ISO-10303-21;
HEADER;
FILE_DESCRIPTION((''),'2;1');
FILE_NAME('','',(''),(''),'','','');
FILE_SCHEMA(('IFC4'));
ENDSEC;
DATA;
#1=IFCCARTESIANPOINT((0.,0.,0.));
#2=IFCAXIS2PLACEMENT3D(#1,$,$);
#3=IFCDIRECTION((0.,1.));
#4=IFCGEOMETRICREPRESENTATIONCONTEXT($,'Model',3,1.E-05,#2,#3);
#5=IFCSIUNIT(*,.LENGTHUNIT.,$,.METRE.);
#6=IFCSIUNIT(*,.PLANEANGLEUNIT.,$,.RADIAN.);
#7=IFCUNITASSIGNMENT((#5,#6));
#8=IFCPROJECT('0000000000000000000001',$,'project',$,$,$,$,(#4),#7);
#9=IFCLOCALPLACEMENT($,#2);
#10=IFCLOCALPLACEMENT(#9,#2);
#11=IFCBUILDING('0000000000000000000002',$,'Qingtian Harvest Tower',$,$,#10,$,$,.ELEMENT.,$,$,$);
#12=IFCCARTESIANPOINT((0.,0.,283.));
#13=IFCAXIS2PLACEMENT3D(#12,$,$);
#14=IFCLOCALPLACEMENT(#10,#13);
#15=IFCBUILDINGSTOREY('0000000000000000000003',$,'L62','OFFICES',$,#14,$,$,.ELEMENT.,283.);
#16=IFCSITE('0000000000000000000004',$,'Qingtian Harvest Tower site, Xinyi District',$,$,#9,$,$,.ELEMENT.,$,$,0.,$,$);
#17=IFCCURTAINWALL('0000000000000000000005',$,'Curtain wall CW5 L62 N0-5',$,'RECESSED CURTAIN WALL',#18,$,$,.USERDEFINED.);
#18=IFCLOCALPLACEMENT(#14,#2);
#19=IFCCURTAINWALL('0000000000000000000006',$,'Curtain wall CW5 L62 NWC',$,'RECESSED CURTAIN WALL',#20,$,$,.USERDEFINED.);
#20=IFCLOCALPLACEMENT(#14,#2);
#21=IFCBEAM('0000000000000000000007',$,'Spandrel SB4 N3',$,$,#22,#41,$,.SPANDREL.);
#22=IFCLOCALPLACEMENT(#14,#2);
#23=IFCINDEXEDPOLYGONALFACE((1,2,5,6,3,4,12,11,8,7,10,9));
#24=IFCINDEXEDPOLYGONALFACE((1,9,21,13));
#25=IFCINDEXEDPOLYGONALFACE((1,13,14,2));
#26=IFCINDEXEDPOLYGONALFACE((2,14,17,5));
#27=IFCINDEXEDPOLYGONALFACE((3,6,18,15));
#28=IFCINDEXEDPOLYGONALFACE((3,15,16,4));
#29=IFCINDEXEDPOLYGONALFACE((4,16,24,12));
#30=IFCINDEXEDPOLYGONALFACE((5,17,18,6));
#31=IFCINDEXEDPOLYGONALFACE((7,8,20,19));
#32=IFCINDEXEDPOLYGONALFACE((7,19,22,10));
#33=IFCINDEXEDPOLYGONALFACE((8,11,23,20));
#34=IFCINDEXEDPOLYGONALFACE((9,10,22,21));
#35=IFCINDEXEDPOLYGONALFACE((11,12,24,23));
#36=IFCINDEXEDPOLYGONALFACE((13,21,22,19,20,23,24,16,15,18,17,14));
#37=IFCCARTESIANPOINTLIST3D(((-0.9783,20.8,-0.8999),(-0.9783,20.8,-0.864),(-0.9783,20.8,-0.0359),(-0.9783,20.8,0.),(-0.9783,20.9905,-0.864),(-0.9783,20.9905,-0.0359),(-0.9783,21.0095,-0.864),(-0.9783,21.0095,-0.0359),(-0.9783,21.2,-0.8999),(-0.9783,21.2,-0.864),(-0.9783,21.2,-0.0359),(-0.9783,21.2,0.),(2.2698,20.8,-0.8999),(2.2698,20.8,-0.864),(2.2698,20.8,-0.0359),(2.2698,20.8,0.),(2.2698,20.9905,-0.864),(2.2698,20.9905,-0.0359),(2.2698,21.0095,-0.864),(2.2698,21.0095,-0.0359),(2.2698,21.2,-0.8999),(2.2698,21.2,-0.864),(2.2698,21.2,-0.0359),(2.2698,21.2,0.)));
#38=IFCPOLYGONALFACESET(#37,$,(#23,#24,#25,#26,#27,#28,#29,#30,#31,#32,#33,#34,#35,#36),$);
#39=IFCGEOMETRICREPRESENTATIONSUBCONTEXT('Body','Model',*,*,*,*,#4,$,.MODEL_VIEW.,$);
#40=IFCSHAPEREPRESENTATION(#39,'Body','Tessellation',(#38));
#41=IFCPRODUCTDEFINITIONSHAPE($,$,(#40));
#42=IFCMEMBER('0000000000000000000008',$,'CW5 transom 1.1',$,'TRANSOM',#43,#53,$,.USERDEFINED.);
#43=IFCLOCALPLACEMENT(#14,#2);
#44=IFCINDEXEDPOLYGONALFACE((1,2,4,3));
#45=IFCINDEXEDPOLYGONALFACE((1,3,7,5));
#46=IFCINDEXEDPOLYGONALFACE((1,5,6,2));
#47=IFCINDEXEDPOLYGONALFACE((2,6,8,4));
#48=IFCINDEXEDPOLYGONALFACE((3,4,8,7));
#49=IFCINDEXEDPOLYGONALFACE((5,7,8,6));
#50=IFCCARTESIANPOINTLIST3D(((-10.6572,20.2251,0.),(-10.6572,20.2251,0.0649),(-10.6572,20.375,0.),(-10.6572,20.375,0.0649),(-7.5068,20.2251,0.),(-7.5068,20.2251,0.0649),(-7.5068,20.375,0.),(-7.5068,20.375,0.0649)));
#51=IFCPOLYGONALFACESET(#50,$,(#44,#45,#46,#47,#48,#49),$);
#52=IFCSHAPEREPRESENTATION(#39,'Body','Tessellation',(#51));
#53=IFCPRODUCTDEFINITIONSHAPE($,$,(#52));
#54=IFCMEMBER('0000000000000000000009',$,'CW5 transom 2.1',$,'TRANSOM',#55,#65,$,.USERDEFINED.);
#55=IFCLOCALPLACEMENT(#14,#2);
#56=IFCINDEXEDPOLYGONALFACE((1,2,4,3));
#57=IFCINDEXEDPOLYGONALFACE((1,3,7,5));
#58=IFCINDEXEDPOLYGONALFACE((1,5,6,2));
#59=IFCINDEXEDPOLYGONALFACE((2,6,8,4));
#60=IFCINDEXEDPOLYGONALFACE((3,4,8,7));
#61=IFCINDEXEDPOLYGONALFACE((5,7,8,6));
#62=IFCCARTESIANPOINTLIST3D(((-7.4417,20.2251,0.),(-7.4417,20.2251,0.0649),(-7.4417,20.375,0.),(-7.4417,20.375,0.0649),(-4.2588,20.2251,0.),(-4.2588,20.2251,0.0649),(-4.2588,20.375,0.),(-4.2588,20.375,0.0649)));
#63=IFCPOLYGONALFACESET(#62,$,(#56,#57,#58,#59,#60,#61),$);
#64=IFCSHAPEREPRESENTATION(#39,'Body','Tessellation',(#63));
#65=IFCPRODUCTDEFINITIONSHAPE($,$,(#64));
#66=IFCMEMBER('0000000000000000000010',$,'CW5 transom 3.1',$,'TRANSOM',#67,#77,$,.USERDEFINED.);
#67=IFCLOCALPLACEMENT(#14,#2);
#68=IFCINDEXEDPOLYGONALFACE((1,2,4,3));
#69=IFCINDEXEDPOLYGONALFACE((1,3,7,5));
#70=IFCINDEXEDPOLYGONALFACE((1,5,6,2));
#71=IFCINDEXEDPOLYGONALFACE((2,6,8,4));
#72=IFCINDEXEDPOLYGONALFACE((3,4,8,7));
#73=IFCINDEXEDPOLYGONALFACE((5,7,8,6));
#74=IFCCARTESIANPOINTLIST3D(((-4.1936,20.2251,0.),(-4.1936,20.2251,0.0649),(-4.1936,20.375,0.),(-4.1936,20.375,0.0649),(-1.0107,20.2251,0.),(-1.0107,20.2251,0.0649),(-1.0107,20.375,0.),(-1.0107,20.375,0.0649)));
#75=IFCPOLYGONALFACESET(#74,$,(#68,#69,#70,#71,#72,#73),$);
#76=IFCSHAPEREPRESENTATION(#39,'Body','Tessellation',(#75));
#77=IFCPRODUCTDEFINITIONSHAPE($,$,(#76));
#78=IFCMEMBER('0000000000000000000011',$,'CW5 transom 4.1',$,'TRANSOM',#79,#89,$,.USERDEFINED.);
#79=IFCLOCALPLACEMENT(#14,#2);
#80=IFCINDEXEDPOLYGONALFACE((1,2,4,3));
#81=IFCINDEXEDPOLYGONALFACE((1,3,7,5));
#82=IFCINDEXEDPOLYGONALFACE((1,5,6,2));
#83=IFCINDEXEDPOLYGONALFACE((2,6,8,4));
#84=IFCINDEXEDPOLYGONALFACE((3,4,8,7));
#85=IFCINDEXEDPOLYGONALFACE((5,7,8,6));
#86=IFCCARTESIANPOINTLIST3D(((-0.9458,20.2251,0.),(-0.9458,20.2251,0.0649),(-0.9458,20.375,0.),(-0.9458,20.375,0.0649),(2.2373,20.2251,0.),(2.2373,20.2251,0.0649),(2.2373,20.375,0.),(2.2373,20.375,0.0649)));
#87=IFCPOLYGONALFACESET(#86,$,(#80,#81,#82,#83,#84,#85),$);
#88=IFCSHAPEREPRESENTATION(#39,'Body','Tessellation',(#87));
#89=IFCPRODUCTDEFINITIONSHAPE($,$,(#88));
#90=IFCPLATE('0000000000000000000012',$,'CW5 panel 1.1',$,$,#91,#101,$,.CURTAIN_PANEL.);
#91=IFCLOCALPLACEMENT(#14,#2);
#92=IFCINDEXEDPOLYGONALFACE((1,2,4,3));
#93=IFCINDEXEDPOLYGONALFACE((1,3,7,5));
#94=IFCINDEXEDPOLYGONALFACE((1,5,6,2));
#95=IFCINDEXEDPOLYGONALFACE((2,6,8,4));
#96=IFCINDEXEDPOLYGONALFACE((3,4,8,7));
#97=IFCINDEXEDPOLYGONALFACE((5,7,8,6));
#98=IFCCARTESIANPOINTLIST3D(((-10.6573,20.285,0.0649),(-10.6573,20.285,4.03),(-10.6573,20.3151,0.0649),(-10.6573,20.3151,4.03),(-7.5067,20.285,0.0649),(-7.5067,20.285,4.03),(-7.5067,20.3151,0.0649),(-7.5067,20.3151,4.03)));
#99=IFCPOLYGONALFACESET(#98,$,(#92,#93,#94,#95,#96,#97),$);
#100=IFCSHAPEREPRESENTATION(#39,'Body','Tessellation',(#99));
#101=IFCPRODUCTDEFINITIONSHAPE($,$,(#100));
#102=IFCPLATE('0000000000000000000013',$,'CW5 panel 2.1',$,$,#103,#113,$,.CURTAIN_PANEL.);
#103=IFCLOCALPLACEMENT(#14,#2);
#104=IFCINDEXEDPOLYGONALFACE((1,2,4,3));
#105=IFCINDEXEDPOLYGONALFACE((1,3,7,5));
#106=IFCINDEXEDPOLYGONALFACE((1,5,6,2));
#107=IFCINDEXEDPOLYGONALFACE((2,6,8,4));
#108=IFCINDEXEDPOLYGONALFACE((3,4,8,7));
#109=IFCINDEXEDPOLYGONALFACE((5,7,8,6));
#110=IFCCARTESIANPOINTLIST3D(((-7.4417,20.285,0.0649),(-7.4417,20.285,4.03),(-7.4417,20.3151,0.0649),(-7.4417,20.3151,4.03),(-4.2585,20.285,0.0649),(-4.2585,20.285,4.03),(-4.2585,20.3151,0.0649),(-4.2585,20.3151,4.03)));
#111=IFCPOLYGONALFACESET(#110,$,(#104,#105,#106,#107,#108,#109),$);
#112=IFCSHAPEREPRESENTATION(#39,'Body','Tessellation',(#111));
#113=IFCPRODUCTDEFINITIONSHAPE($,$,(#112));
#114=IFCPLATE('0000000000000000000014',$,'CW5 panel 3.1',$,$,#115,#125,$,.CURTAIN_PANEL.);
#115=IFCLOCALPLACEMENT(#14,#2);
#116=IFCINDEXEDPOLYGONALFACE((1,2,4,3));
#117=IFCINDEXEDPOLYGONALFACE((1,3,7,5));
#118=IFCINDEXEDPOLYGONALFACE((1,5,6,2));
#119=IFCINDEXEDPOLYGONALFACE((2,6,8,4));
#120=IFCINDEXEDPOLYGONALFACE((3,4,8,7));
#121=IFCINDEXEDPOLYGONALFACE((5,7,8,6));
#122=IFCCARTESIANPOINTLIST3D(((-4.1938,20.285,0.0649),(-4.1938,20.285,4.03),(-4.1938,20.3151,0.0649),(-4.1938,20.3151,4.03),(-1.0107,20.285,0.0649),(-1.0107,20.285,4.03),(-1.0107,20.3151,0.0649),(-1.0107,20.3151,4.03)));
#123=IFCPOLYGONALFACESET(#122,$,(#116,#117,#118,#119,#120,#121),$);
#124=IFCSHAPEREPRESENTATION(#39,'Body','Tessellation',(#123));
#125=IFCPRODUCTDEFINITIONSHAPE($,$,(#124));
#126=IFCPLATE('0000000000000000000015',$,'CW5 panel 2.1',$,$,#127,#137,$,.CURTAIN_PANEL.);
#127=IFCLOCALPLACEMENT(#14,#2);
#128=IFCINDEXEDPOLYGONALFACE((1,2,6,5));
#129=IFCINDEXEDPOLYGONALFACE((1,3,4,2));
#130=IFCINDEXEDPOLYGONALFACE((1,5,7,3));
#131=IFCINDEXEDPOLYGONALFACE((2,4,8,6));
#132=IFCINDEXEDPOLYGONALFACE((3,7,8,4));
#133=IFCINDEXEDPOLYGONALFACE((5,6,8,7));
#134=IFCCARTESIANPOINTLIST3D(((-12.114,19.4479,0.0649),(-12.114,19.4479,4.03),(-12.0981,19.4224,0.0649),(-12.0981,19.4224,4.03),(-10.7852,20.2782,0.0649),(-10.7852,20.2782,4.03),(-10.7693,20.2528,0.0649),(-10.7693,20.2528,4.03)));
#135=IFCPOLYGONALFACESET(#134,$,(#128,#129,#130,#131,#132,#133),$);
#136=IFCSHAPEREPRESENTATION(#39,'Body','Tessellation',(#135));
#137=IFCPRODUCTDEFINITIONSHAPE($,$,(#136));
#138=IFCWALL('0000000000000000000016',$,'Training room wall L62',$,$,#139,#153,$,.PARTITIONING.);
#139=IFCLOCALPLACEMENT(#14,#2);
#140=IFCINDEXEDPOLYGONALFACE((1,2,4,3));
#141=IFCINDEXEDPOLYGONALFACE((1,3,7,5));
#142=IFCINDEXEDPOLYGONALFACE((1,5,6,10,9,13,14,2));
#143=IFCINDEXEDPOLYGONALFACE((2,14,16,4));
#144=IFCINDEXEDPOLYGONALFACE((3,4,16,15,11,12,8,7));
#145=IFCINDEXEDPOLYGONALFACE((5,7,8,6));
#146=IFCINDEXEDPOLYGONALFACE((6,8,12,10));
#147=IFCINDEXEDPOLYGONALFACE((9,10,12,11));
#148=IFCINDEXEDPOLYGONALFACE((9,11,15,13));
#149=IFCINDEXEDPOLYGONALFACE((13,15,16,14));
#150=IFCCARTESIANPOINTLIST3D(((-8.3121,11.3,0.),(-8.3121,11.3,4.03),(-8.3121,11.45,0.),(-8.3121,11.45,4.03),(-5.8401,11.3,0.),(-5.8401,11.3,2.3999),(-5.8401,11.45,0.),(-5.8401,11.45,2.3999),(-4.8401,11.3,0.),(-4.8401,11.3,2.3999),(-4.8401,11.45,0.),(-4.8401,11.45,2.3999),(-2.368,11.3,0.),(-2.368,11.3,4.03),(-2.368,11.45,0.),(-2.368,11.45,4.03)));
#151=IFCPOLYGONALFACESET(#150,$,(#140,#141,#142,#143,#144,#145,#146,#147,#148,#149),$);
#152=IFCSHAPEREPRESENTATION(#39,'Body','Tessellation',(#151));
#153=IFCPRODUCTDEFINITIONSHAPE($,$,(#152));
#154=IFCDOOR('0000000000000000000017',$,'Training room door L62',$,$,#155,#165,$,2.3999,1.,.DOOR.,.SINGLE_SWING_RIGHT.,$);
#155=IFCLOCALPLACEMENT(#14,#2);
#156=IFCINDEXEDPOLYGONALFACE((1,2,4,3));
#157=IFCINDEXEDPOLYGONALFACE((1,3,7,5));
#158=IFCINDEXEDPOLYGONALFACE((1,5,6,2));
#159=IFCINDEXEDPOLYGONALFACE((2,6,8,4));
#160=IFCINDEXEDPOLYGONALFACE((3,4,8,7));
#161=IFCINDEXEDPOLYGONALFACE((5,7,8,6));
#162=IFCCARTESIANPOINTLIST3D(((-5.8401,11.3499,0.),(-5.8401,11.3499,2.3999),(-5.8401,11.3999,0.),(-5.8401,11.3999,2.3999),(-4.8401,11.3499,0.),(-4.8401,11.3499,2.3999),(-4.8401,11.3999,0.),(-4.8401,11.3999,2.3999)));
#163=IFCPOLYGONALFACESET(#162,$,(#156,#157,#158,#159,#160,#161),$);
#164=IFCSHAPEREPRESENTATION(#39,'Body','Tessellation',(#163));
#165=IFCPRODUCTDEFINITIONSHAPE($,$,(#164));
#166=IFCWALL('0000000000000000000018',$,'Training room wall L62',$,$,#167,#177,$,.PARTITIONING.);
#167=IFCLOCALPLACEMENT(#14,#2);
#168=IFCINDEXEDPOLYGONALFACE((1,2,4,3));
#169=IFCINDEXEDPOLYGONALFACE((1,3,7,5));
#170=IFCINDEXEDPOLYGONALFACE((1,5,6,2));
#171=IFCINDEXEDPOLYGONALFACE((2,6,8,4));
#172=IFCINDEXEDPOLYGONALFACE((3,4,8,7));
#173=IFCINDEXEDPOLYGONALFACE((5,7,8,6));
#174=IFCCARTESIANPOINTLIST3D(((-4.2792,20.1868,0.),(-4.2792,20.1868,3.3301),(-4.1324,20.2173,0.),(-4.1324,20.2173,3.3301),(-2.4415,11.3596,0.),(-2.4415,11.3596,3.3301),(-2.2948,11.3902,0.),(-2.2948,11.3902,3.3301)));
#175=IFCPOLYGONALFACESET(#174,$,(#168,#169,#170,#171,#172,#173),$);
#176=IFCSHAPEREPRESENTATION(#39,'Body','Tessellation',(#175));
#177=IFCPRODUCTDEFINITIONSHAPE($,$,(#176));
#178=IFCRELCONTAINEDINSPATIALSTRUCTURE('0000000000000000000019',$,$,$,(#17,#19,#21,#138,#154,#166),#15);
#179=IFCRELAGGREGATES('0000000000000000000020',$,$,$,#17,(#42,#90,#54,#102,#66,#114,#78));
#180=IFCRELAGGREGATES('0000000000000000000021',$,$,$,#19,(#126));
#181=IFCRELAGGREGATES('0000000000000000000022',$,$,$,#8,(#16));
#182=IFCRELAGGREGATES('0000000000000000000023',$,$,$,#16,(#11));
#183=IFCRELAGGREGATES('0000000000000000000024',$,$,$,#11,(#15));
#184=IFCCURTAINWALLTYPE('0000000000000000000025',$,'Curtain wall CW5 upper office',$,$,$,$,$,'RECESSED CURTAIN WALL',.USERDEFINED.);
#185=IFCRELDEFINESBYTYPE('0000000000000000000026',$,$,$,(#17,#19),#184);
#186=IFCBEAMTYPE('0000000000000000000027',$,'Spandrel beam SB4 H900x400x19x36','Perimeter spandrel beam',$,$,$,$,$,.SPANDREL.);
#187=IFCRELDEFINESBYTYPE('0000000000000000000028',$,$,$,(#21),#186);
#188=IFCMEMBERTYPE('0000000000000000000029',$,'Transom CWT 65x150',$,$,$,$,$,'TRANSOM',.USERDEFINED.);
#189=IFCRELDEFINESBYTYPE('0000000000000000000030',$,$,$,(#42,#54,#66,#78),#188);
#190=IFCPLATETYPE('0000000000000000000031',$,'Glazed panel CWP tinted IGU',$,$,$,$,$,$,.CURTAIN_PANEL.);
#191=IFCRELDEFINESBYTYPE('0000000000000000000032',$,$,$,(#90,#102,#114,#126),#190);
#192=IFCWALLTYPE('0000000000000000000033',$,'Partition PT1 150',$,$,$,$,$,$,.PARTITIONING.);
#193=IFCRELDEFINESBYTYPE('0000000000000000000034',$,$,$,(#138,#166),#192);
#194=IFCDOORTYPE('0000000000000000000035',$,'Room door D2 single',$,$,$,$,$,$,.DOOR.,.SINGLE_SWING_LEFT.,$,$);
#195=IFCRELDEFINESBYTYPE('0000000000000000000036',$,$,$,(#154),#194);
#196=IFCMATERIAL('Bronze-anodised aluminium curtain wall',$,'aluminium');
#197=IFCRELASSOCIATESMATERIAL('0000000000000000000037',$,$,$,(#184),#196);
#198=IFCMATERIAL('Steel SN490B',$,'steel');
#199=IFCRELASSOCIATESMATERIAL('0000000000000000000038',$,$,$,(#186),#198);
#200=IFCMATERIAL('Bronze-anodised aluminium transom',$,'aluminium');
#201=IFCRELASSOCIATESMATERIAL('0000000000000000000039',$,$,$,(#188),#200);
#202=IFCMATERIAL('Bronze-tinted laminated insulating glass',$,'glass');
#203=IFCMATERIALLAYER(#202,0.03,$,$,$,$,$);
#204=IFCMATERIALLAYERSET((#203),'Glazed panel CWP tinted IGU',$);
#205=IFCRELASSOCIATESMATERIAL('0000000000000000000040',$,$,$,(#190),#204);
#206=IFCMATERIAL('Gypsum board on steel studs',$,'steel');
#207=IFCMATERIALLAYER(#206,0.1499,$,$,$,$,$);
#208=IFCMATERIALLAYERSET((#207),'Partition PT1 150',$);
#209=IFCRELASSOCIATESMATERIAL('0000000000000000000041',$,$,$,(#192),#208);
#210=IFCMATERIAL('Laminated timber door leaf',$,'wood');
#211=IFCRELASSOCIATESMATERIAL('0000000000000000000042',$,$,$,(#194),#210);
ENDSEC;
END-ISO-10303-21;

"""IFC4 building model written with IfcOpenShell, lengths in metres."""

from ifc_helpers import new_model, si_unit, direction, frame, frame_2d, origin, origin_2d, place, context, subcontext, project, spatial, rectangle, i_section, extrude, material, layer, layer_set, material_profile, profile_set, type_object, element, fill, aggregate, save


model = new_model("IFC4")

# Units and contexts
model_context = context("Model", 3, precision=1e-05, world=origin(), true_north=direction((0.0, 1.0)))
body_context = subcontext(model_context, "Body", "Model", "MODEL_VIEW")
ifc_project = project(units=[si_unit("LENGTHUNIT", "METRE"), si_unit("PLANEANGLEUNIT", "RADIAN")], contexts=[model_context])

# Site, building, storey
site_placement = place(None, origin())
site = spatial("IfcSite", under=ifc_project, at=site_placement, Name="Qingtian Harvest Tower site, Xinyi District", CompositionType="ELEMENT", RefElevation=0.0)
building_placement = place(site_placement, origin())
building = spatial("IfcBuilding", under=site, at=building_placement, Name="Qingtian Harvest Tower", CompositionType="ELEMENT")
storey_placement = place(building_placement, frame((0.0, 0.0, 283.0)))
storey = spatial("IfcBuildingStorey", under=building, at=storey_placement, Name="L62", Description="OFFICES", CompositionType="ELEMENT", Elevation=283.0)

# Curtain wall
ifc_material_1 = material(Name="Bronze-anodised aluminium curtain wall", Category="aluminium")
curtain_wall_type = type_object("IfcCurtainWallType", Name="Curtain wall CW5 upper office", ElementType="RECESSED CURTAIN WALL", PredefinedType="USERDEFINED", material=ifc_material_1)
curtain_wall_1_placement = place(storey_placement, origin())
curtain_wall_1 = element("IfcCurtainWall", 1, at=curtain_wall_1_placement, inside=storey, type_object=curtain_wall_type, Name="Curtain wall CW5 L62 N0-5", ObjectType="RECESSED CURTAIN WALL", PredefinedType="USERDEFINED")

# Curtain wall
curtain_wall_2_placement = place(storey_placement, origin())
curtain_wall_2 = element("IfcCurtainWall", 2, at=curtain_wall_2_placement, inside=storey, type_object=curtain_wall_type, Name="Curtain wall CW5 L62 NWC", ObjectType="RECESSED CURTAIN WALL", PredefinedType="USERDEFINED")

# Beam
ifc_material_2 = material(Name="Steel SN490B", Category="steel")
ifc_material_profile_1 = material_profile(ifc_material_2, i_section(OverallWidth=0.3999, OverallDepth=0.8999, WebThickness=0.019, FlangeThickness=0.0359, at=origin_2d()), Name="H900x400x19x36")
ifc_profile_set_1 = profile_set([ifc_material_profile_1], Name="Steel SN490B")
beam_type_1 = type_object("IfcBeamType", Name="Spandrel beam SB4 H900x400x19x36", Description="Perimeter spandrel beam", PredefinedType="SPANDREL", material=ifc_profile_set_1)
for number, where, z_axis, x_axis, name in (
    (3, (-0.9783, 21.0, -0.45), (1.0, 0.0, 0.0), (0.0, 1.0, 0.0), "Spandrel SB4 N3"),
):
    element("IfcBeam", number, at=place(storey_placement, frame(where, z_axis=z_axis, x_axis=x_axis)), inside=storey, type_object=beam_type_1, Name=name, PredefinedType="SPANDREL", context=body_context, shape_type="SweptSolid", body=[
        extrude(i_section(OverallWidth=0.3999, OverallDepth=0.8999, WebThickness=0.019, FlangeThickness=0.0359, at=origin_2d()), origin(), (0.0, 0.0, 1.0), 3.248),
    ])

# Members
ifc_material_3 = material(Name="Bronze-anodised aluminium transom", Category="aluminium")
ifc_material_profile_2 = material_profile(ifc_material_3, rectangle(XDim=0.1499, YDim=0.0649, at=origin_2d()), Name="AL 65x150")
ifc_profile_set_2 = profile_set([ifc_material_profile_2], Name="Bronze-anodised aluminium transom")
member_type_1 = type_object("IfcMemberType", Name="Transom CWT 65x150", ElementType="TRANSOM", PredefinedType="USERDEFINED", material=ifc_profile_set_2)
member_1_placement = place(storey_placement, frame((-10.6572, 20.3, 0.0325), z_axis=(1.0, 0.0, 0.0), x_axis=(0.0, 1.0, 0.0)))
member_1 = element("IfcMember", 4, at=member_1_placement, type_object=member_type_1, Name="CW5 transom 1.1", ObjectType="TRANSOM", PredefinedType="USERDEFINED", context=body_context, shape_type="SweptSolid", body=[
    extrude(rectangle(XDim=0.1499, YDim=0.0649, at=origin_2d()), origin(), (0.0, 0.0, 1.0), 3.1504),
])
member_2_placement = place(storey_placement, frame((-7.4417, 20.3, 0.0325), z_axis=(1.0, 0.0, 0.0), x_axis=(0.0, 1.0, 0.0)))
member_2 = element("IfcMember", 5, at=member_2_placement, type_object=member_type_1, Name="CW5 transom 2.1", ObjectType="TRANSOM", PredefinedType="USERDEFINED", context=body_context, shape_type="SweptSolid", body=[
    extrude(rectangle(XDim=0.1499, YDim=0.0649, at=origin_2d()), origin(), (0.0, 0.0, 1.0), 3.1829),
])
member_3_placement = place(storey_placement, frame((-4.1936, 20.3, 0.0325), z_axis=(1.0, 0.0, 0.0), x_axis=(0.0, 1.0, 0.0)))
member_3 = element("IfcMember", 6, at=member_3_placement, type_object=member_type_1, Name="CW5 transom 3.1", ObjectType="TRANSOM", PredefinedType="USERDEFINED", context=body_context, shape_type="SweptSolid", body=[
    extrude(rectangle(XDim=0.1499, YDim=0.0649, at=origin_2d()), origin(), (0.0, 0.0, 1.0), 3.1829),
])
member_4_placement = place(storey_placement, frame((-0.9458, 20.3, 0.0325), z_axis=(1.0, 0.0, 0.0), x_axis=(0.0, 1.0, 0.0)))
member_4 = element("IfcMember", 7, at=member_4_placement, type_object=member_type_1, Name="CW5 transom 4.1", ObjectType="TRANSOM", PredefinedType="USERDEFINED", context=body_context, shape_type="SweptSolid", body=[
    extrude(rectangle(XDim=0.1499, YDim=0.0649, at=origin_2d()), origin(), (0.0, 0.0, 1.0), 3.1831),
])

# Plates
ifc_material_4 = material(Name="Bronze-tinted laminated insulating glass", Category="glass")
ifc_layer_1 = layer(ifc_material_4, 0.03)
ifc_layer_set_1 = layer_set([ifc_layer_1], Name="Glazed panel CWP tinted IGU")
plate_type = type_object("IfcPlateType", Name="Glazed panel CWP tinted IGU", PredefinedType="CURTAIN_PANEL", material=ifc_layer_set_1)
plate_1_placement = place(storey_placement, frame((-9.082, 20.3, 0.0649), z_axis=(0.0, 0.0, 1.0), x_axis=(1.0, 0.0, 0.0)))
plate_1 = element("IfcPlate", 8, at=plate_1_placement, type_object=plate_type, Name="CW5 panel 1.1", PredefinedType="CURTAIN_PANEL", context=body_context, shape_type="SweptSolid", body=[
    extrude(rectangle(XDim=3.1506, YDim=0.03, at=origin_2d()), origin(), (0.0, 0.0, 1.0), 3.9651),
])
plate_2_placement = place(storey_placement, frame((-5.8501, 20.3, 0.0649), z_axis=(0.0, 0.0, 1.0), x_axis=(1.0, 0.0, 0.0)))
plate_2 = element("IfcPlate", 9, at=plate_2_placement, type_object=plate_type, Name="CW5 panel 2.1", PredefinedType="CURTAIN_PANEL", context=body_context, shape_type="SweptSolid", body=[
    extrude(rectangle(XDim=3.1831, YDim=0.03, at=origin_2d()), origin(), (0.0, 0.0, 1.0), 3.9651),
])
plate_3_placement = place(storey_placement, frame((-2.6023, 20.3, 0.0649), z_axis=(0.0, 0.0, 1.0), x_axis=(1.0, 0.0, 0.0)))
plate_3 = element("IfcPlate", 10, at=plate_3_placement, type_object=plate_type, Name="CW5 panel 3.1", PredefinedType="CURTAIN_PANEL", context=body_context, shape_type="SweptSolid", body=[
    extrude(rectangle(XDim=3.1831, YDim=0.03, at=origin_2d()), origin(), (0.0, 0.0, 1.0), 3.9651),
])
aggregate(curtain_wall_1, [member_1, plate_1, member_2, plate_2, member_3, plate_3, member_4])
plate_4_placement = place(storey_placement, frame((-11.4417, 19.8503, 0.0649), z_axis=(0.0, 0.0, 1.0), x_axis=(0.848048, 0.529919, 0.0)))
plate_4 = element("IfcPlate", 11, at=plate_4_placement, type_object=plate_type, Name="CW5 panel 2.1", PredefinedType="CURTAIN_PANEL", context=body_context, shape_type="SweptSolid", body=[
    extrude(rectangle(XDim=1.5669, YDim=0.03, at=origin_2d()), origin(), (0.0, 0.0, 1.0), 3.9651),
])
aggregate(curtain_wall_2, [plate_4])

# Wall, opening, door
ifc_material_5 = material(Name="Gypsum board on steel studs", Category="steel")
ifc_layer_2 = layer(ifc_material_5, 0.1499)
ifc_layer_set_2 = layer_set([ifc_layer_2], Name="Partition PT1 150")
wall_type = type_object("IfcWallType", Name="Partition PT1 150", PredefinedType="PARTITIONING", material=ifc_layer_set_2)
wall_1_placement = place(storey_placement, frame((-8.3123, 11.375, 0.0), z_axis=(0.0, 0.0, 1.0), x_axis=(1.0, 0.0, 0.0)))
wall_1 = element("IfcWall", 12, at=wall_1_placement, inside=storey, type_object=wall_type, Name="Training room wall L62", PredefinedType="PARTITIONING", context=body_context, shape_type="SweptSolid", body=[
    extrude(rectangle(XDim=5.9441, YDim=0.1499, at=frame_2d((2.9722, 0.0))), origin(), (0.0, 0.0, 1.0), 4.03),
])
opening_1_placement = place(wall_1_placement, frame((2.4722, 0.0, 0.0)))
opening_1 = element("IfcOpeningElement", 13, at=opening_1_placement, cuts=wall_1, PredefinedType="OPENING", context=body_context, shape_type="SweptSolid", body=[
    extrude(rectangle(XDim=1.0, YDim=2.3999, at=frame_2d((0.5, 1.2))), frame((0.0, 0.085, 0.0), z_axis=(0.0, -1.0, 0.0), x_axis=(1.0, 0.0, 0.0)), (0.0, 0.0, 1.0), 0.1699),
])
ifc_material_6 = material(Name="Laminated timber door leaf", Category="wood")
door_type = type_object("IfcDoorType", Name="Room door D2 single", OperationType="SINGLE_SWING_LEFT", PredefinedType="DOOR", material=ifc_material_6)
door_1_placement = place(opening_1_placement, origin())
door_1 = element("IfcDoor", 14, at=door_1_placement, inside=storey, type_object=door_type, Name="Training room door L62", OperationType="SINGLE_SWING_RIGHT", OverallHeight=2.3999, OverallWidth=1.0, PredefinedType="DOOR", context=body_context, shape_type="SweptSolid", body=[
    extrude(rectangle(XDim=1.0, YDim=2.3999, at=frame_2d((0.5, 1.2))), frame((0.0, 0.0249, 0.0), z_axis=(0.0, -1.0, 0.0), x_axis=(1.0, 0.0, 0.0)), (0.0, 0.0, 1.0), 0.05),
])
fill(opening_1, door_1)

# Wall
wall_2_placement = place(storey_placement, frame((-4.2058, 20.2021, 0.0), z_axis=(0.0, 0.0, 1.0), x_axis=(0.203812, -0.97901, 0.0)))
element("IfcWall", 15, at=wall_2_placement, inside=storey, type_object=wall_type, Name="Training room wall L62", PredefinedType="PARTITIONING", context=body_context, shape_type="SweptSolid", body=[
    extrude(rectangle(XDim=9.0164, YDim=0.1499, at=frame_2d((4.5083, 0.0))), origin(), (0.0, 0.0, 1.0), 3.3301),
])

save(model, "model.ifc")
